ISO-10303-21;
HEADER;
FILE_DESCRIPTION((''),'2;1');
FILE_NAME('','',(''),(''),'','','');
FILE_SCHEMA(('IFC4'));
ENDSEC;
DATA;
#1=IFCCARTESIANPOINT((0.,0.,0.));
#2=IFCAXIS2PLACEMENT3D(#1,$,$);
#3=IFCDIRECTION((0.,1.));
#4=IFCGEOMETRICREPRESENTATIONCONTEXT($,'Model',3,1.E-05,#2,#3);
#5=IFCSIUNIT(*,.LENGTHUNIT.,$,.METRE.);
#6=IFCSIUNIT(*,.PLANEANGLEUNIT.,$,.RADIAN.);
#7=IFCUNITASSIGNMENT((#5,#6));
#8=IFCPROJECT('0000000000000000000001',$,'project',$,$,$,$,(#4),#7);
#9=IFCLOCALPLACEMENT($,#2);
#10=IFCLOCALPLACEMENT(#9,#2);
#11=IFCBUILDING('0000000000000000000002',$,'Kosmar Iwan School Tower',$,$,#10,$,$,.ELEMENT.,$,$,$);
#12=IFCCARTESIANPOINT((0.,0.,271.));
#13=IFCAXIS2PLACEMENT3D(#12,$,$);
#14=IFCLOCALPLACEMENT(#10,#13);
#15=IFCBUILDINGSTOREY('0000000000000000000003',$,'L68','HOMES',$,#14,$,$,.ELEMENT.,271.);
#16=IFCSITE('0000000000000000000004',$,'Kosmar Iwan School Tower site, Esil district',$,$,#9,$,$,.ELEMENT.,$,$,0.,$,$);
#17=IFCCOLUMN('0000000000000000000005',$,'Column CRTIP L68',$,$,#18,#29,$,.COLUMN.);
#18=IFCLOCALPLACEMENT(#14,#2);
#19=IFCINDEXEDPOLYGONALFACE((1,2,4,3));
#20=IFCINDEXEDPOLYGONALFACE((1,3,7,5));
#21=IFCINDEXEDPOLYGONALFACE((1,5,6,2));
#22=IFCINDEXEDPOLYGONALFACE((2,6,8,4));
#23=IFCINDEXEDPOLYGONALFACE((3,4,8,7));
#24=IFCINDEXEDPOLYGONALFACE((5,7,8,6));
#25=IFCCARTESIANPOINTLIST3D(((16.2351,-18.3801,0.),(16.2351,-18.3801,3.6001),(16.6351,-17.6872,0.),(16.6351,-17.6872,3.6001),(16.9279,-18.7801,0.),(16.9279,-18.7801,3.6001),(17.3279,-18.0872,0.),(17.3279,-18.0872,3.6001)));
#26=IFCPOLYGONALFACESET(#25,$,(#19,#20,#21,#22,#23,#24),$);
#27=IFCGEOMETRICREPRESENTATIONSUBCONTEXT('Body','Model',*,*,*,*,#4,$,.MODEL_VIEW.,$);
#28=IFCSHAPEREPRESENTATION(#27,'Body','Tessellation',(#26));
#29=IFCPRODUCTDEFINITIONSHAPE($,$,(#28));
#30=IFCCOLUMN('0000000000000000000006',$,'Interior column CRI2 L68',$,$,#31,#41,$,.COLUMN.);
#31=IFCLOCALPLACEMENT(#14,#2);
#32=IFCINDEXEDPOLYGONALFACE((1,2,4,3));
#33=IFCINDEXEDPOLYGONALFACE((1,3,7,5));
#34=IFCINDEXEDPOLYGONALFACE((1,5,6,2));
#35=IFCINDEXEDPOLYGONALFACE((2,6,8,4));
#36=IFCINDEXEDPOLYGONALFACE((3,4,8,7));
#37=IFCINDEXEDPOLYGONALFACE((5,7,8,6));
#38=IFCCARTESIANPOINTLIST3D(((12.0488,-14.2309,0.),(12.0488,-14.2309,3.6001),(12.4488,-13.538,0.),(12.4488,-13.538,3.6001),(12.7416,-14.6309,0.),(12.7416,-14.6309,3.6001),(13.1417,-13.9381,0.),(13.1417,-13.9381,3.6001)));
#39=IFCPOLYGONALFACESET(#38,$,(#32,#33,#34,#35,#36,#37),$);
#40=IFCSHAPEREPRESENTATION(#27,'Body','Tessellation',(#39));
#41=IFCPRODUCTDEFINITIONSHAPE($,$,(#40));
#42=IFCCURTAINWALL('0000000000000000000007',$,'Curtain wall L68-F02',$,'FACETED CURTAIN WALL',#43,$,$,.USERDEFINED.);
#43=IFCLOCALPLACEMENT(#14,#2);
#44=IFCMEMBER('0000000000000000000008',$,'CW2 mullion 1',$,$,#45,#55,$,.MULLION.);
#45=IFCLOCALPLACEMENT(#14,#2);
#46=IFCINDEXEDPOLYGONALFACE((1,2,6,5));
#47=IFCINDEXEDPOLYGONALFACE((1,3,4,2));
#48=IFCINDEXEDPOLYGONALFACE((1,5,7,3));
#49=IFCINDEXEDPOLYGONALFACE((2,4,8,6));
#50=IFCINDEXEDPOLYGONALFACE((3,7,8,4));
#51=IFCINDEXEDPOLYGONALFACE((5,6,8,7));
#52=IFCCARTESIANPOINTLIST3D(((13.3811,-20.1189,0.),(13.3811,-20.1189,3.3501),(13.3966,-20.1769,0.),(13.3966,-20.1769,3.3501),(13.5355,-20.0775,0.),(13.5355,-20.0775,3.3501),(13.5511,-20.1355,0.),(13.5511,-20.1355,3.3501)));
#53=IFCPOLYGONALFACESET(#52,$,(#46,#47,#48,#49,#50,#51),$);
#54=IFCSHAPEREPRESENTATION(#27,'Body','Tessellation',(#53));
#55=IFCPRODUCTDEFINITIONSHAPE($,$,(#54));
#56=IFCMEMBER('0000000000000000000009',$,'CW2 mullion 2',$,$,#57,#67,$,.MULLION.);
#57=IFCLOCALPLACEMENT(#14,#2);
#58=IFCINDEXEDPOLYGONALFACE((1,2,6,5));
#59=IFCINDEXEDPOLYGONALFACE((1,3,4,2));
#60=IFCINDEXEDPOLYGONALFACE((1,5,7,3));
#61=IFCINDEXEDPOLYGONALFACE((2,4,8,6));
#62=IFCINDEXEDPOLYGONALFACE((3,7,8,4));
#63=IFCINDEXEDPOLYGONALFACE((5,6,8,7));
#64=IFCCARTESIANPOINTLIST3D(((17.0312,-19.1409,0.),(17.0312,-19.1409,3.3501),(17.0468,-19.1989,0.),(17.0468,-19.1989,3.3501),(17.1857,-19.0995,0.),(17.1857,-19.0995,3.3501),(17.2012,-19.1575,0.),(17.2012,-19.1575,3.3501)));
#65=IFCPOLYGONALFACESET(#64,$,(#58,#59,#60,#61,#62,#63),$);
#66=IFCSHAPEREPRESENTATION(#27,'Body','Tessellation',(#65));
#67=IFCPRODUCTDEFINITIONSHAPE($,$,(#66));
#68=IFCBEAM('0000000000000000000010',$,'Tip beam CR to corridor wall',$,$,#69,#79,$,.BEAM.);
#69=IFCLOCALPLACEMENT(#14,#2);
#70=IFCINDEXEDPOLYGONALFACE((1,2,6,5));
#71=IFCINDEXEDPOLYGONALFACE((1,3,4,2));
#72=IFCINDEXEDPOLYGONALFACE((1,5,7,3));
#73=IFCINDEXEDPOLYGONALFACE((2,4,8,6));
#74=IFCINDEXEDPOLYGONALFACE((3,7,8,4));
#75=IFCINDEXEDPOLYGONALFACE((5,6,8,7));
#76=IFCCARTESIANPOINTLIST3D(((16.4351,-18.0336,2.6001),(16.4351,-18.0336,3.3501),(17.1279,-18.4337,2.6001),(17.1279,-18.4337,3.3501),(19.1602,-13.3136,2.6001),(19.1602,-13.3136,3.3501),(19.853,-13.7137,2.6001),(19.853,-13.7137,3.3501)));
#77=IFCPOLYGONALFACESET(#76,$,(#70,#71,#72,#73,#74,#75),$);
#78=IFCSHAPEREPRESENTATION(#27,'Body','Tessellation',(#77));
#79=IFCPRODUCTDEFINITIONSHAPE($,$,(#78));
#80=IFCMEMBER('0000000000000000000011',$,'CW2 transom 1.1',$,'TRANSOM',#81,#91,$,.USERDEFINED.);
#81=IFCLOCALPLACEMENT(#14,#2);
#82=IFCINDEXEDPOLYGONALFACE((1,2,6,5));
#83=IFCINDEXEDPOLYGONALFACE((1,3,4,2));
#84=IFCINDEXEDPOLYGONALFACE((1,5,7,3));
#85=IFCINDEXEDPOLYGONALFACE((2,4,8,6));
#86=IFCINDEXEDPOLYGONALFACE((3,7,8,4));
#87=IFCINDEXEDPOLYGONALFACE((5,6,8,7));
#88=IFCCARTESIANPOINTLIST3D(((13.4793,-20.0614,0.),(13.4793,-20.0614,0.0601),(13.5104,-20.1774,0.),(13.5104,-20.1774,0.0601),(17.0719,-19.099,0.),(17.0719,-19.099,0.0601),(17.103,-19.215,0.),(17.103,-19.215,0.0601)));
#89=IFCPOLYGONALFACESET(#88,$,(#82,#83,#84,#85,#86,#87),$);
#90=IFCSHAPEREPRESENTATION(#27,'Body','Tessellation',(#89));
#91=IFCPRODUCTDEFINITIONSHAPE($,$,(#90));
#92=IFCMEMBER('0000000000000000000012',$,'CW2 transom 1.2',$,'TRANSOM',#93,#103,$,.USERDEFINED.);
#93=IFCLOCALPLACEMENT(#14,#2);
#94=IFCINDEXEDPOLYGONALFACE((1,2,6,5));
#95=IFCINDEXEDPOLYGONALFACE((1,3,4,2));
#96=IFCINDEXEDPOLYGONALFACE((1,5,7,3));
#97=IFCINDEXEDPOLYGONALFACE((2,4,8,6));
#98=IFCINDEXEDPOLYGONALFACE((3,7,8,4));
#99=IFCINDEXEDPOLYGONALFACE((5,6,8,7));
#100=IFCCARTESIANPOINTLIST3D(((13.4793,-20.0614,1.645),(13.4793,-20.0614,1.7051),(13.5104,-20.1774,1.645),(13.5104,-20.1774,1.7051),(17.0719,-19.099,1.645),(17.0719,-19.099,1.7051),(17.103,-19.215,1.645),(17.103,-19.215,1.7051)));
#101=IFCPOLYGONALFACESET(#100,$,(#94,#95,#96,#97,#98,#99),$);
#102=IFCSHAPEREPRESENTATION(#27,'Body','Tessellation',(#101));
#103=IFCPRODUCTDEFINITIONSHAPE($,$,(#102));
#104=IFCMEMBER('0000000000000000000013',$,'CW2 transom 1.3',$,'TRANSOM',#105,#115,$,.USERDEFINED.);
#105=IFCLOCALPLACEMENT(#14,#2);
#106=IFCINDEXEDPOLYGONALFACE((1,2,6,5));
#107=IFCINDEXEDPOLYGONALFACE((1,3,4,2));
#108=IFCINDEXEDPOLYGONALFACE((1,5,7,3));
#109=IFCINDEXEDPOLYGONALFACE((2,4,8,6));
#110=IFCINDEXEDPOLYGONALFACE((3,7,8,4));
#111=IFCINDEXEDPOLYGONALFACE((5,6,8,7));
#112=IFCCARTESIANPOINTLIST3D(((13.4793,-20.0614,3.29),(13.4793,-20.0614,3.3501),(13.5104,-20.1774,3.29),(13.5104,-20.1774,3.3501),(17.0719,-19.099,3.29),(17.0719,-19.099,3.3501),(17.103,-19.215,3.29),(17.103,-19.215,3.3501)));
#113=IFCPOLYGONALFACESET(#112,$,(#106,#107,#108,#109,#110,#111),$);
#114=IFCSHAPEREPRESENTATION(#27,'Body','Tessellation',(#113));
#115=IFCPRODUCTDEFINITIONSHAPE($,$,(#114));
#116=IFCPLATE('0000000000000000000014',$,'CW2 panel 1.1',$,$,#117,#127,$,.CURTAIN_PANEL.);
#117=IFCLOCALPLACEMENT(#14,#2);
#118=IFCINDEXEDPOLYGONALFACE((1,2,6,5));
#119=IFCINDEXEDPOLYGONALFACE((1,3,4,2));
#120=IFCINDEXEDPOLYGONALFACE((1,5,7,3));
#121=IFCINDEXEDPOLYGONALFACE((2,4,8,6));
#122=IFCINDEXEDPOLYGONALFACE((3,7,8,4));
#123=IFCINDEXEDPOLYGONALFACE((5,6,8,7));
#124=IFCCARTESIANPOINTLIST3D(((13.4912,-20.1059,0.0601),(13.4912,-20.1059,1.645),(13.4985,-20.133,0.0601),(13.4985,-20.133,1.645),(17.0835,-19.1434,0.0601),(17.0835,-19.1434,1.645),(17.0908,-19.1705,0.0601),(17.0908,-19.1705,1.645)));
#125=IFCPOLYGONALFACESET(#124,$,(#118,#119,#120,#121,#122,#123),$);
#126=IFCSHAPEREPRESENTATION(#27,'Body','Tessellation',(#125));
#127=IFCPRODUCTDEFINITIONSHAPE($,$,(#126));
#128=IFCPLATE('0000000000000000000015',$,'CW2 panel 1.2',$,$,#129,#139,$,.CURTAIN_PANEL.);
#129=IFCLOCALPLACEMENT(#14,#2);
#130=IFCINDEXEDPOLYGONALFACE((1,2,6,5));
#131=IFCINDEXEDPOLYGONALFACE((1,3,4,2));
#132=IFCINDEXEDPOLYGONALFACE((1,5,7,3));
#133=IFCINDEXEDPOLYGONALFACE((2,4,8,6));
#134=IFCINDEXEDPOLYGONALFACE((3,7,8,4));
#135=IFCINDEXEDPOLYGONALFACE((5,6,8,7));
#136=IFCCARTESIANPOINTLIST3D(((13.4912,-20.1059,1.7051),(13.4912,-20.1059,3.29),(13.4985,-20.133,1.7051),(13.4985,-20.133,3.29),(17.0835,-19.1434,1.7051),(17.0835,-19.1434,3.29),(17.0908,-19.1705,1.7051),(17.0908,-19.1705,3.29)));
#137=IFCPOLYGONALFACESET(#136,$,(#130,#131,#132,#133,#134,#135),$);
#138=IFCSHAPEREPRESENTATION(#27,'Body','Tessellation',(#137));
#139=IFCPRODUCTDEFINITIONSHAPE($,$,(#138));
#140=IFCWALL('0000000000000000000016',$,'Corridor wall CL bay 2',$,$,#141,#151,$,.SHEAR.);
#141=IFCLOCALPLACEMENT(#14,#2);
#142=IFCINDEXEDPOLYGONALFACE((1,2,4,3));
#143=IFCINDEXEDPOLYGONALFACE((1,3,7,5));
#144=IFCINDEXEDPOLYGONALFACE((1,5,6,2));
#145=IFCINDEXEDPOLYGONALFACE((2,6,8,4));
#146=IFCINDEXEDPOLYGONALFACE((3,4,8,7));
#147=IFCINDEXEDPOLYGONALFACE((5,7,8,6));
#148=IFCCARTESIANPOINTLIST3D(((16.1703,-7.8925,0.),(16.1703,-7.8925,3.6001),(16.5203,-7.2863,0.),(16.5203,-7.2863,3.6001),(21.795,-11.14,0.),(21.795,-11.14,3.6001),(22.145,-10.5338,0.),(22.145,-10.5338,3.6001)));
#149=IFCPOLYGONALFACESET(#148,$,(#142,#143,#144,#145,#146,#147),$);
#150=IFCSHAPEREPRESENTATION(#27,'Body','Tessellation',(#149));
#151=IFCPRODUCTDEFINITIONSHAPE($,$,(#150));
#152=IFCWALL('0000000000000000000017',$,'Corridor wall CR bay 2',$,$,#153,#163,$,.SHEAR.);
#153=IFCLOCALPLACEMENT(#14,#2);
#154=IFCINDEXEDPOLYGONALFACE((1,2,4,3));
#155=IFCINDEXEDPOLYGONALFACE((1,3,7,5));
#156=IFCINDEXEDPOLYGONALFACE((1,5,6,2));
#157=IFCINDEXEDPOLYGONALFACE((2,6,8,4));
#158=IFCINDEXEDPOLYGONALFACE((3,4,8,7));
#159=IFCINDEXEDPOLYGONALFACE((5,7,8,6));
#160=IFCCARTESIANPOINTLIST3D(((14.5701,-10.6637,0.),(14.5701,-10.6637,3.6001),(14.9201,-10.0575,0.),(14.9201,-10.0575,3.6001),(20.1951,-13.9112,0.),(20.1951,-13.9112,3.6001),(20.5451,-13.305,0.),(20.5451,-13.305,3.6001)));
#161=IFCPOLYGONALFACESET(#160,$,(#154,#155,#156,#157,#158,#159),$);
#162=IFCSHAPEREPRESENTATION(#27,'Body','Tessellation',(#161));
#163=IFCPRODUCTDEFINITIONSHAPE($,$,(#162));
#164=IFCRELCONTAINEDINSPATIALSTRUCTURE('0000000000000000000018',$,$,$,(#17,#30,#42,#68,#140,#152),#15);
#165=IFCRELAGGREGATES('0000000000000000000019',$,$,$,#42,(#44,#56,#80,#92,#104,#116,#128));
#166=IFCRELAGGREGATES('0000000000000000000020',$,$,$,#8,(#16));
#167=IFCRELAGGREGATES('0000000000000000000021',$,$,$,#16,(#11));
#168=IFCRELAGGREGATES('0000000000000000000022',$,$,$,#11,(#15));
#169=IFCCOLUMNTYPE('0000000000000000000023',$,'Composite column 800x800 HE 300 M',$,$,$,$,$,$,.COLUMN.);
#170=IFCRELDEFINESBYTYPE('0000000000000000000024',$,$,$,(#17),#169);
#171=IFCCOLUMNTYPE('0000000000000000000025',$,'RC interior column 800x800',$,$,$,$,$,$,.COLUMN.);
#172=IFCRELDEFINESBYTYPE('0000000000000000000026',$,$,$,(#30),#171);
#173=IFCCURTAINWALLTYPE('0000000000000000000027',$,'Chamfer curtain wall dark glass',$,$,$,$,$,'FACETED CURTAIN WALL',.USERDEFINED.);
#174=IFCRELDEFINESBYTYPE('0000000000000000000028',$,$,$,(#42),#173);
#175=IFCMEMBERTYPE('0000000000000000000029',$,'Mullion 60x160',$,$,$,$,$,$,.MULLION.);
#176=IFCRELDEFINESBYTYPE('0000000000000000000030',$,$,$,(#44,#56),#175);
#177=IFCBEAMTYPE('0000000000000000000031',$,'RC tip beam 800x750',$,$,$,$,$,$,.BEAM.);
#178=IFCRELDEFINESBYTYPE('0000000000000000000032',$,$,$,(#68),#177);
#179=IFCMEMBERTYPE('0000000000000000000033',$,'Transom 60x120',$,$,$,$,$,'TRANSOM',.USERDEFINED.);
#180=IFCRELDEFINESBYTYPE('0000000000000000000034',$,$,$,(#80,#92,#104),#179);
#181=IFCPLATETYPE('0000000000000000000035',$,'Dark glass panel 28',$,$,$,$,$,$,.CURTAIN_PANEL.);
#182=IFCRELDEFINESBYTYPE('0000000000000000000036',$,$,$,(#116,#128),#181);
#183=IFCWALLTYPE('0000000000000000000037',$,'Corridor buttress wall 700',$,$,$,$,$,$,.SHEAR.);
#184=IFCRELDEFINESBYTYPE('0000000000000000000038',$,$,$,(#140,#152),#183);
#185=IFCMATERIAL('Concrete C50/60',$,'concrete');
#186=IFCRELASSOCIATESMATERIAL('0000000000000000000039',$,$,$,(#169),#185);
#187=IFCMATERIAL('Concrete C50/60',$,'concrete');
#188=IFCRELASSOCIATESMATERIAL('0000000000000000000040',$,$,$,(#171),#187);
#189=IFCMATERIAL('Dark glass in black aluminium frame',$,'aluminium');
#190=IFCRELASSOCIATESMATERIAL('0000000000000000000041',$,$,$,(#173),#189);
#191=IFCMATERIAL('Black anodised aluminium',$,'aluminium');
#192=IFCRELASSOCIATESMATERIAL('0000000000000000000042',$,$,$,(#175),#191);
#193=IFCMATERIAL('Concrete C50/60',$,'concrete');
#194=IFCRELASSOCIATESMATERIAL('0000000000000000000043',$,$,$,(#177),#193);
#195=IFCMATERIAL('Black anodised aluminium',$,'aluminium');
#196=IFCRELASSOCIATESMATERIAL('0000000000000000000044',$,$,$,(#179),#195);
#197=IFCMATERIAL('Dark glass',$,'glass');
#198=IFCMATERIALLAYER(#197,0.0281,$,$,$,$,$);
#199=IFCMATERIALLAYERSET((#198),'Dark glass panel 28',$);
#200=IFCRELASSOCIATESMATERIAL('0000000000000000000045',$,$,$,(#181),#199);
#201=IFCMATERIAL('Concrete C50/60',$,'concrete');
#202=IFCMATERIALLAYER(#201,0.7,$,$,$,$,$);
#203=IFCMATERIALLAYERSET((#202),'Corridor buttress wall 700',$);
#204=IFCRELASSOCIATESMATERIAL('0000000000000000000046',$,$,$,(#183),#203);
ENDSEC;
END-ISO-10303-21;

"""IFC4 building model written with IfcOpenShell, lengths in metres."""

from ifc_helpers import new_model, si_unit, direction, frame, frame_2d, origin, origin_2d, place, context, subcontext, project, spatial, rectangle, extrude, material, layer, layer_set, material_profile, profile_set, type_object, element, aggregate, save


model = new_model("IFC4")

# Units and contexts
model_context = context("Model", 3, precision=1e-05, world=origin(), true_north=direction((0.0, 1.0)))
body_context = subcontext(model_context, "Body", "Model", "MODEL_VIEW")
ifc_project = project(units=[si_unit("LENGTHUNIT", "METRE"), si_unit("PLANEANGLEUNIT", "RADIAN")], contexts=[model_context])

# Site, building, storey
site_placement = place(None, origin())
site = spatial("IfcSite", under=ifc_project, at=site_placement, Name="Kosmar Iwan School Tower site, Esil district", CompositionType="ELEMENT", RefElevation=0.0)
building_placement = place(site_placement, origin())
building = spatial("IfcBuilding", under=site, at=building_placement, Name="Kosmar Iwan School Tower", CompositionType="ELEMENT")
storey_placement = place(building_placement, frame((0.0, 0.0, 271.0)))
storey = spatial("IfcBuildingStorey", under=building, at=storey_placement, Name="L68", Description="HOMES", CompositionType="ELEMENT", Elevation=271.0)

# Columns
ifc_material_1 = material(Name="Concrete C50/60", Category="concrete")
ifc_material_profile_1 = material_profile(ifc_material_1, rectangle(XDim=0.8, YDim=0.8, at=origin_2d()), Name="RC 800x800 + HE 300 M")
ifc_profile_set_1 = profile_set([ifc_material_profile_1], Name="Concrete C50/60")
column_type_1 = type_object("IfcColumnType", Name="Composite column 800x800 HE 300 M", PredefinedType="COLUMN", material=ifc_profile_set_1)
column_1_placement = place(storey_placement, frame((16.7815, -18.2336, 0.0), z_axis=(0.0, 0.0, 1.0), x_axis=(0.866025, -0.5, 0.0)))
element("IfcColumn", 1, at=column_1_placement, inside=storey, type_object=column_type_1, Name="Column CRTIP L68", PredefinedType="COLUMN", context=body_context, shape_type="SweptSolid", body=[
    extrude(rectangle(XDim=0.8, YDim=0.8, at=origin_2d()), origin(), (0.0, 0.0, 1.0), 3.6001),
])
ifc_material_2 = material(Name="Concrete C50/60", Category="concrete")
ifc_material_profile_2 = material_profile(ifc_material_2, rectangle(XDim=0.8, YDim=0.8, at=origin_2d()), Name="RC 800x800")
ifc_profile_set_2 = profile_set([ifc_material_profile_2], Name="Concrete C50/60")
column_type_2 = type_object("IfcColumnType", Name="RC interior column 800x800", PredefinedType="COLUMN", material=ifc_profile_set_2)
column_2_placement = place(storey_placement, frame((12.5952, -14.0845, 0.0), z_axis=(0.0, 0.0, 1.0), x_axis=(0.866025, -0.5, 0.0)))
element("IfcColumn", 2, at=column_2_placement, inside=storey, type_object=column_type_2, Name="Interior column CRI2 L68", PredefinedType="COLUMN", context=body_context, shape_type="SweptSolid", body=[
    extrude(rectangle(XDim=0.8, YDim=0.8, at=origin_2d()), origin(), (0.0, 0.0, 1.0), 3.6001),
])

# Curtain wall, members
ifc_material_3 = material(Name="Dark glass in black aluminium frame", Category="aluminium")
curtain_wall_type = type_object("IfcCurtainWallType", Name="Chamfer curtain wall dark glass", ElementType="FACETED CURTAIN WALL", PredefinedType="USERDEFINED", material=ifc_material_3)
curtain_wall_placement = place(storey_placement, origin())
curtain_wall = element("IfcCurtainWall", 3, at=curtain_wall_placement, inside=storey, type_object=curtain_wall_type, Name="Curtain wall L68-F02", ObjectType="FACETED CURTAIN WALL", PredefinedType="USERDEFINED")
ifc_material_4 = material(Name="Black anodised aluminium", Category="aluminium")
ifc_material_profile_3 = material_profile(ifc_material_4, rectangle(XDim=0.0601, YDim=0.1599, at=origin_2d()), Name="MULLION 60x160")
ifc_profile_set_3 = profile_set([ifc_material_profile_3], Name="Black anodised aluminium")
member_type_1 = type_object("IfcMemberType", Name="Mullion 60x160", PredefinedType="MULLION", material=ifc_profile_set_3)
member_1_placement = place(storey_placement, frame((13.4661, -20.1272, 0.0), z_axis=(0.0, 0.0, 1.0), x_axis=(-0.258819, 0.965926, 0.0)))
member_1 = element("IfcMember", 4, at=member_1_placement, type_object=member_type_1, Name="CW2 mullion 1", PredefinedType="MULLION", context=body_context, shape_type="SweptSolid", body=[
    extrude(rectangle(XDim=0.0601, YDim=0.1599, at=origin_2d()), origin(), (0.0, 0.0, 1.0), 3.3501),
])
member_2_placement = place(storey_placement, frame((17.1162, -19.1492, 0.0), z_axis=(0.0, 0.0, 1.0), x_axis=(-0.258819, 0.965926, 0.0)))
member_2 = element("IfcMember", 5, at=member_2_placement, type_object=member_type_1, Name="CW2 mullion 2", PredefinedType="MULLION", context=body_context, shape_type="SweptSolid", body=[
    extrude(rectangle(XDim=0.0601, YDim=0.1599, at=origin_2d()), origin(), (0.0, 0.0, 1.0), 3.3501),
])

# Beam
ifc_material_5 = material(Name="Concrete C50/60", Category="concrete")
ifc_material_profile_4 = material_profile(ifc_material_5, rectangle(XDim=0.8, YDim=0.75, at=origin_2d()), Name="RC 800x750")
ifc_profile_set_4 = profile_set([ifc_material_profile_4], Name="Concrete C50/60")
beam_type = type_object("IfcBeamType", Name="RC tip beam 800x750", PredefinedType="BEAM", material=ifc_profile_set_4)
beam_placement = place(storey_placement, frame((16.7815, -18.2336, 2.9751), z_axis=(0.500003, 0.866024, 0.0), x_axis=(-0.866024, 0.500003, 0.0)))
element("IfcBeam", 6, at=beam_placement, inside=storey, type_object=beam_type, Name="Tip beam CR to corridor wall", PredefinedType="BEAM", context=body_context, shape_type="SweptSolid", body=[
    extrude(rectangle(XDim=0.8, YDim=0.75, at=origin_2d()), origin(), (0.0, 0.0, 1.0), 5.4502),
])

# Members
ifc_material_6 = material(Name="Black anodised aluminium", Category="aluminium")
ifc_material_profile_5 = material_profile(ifc_material_6, rectangle(XDim=0.1201, YDim=0.0601, at=origin_2d()), Name="TRANSOM 60x120")
ifc_profile_set_5 = profile_set([ifc_material_profile_5], Name="Black anodised aluminium")
member_type_2 = type_object("IfcMemberType", Name="Transom 60x120", ElementType="TRANSOM", PredefinedType="USERDEFINED", material=ifc_profile_set_5)
member_3_placement = place(storey_placement, frame((13.4949, -20.1194, 0.03), z_axis=(0.96594, 0.258766, 0.0), x_axis=(-0.258766, 0.96594, 0.0)))
member_3 = element("IfcMember", 7, at=member_3_placement, type_object=member_type_2, Name="CW2 transom 1.1", ObjectType="TRANSOM", PredefinedType="USERDEFINED", context=body_context, shape_type="SweptSolid", body=[
    extrude(rectangle(XDim=0.1201, YDim=0.0601, at=origin_2d()), origin(), (0.0, 0.0, 1.0), 3.7192),
])
member_4_placement = place(storey_placement, frame((13.4949, -20.1194, 1.675), z_axis=(0.96594, 0.258766, 0.0), x_axis=(-0.258766, 0.96594, 0.0)))
member_4 = element("IfcMember", 8, at=member_4_placement, type_object=member_type_2, Name="CW2 transom 1.2", ObjectType="TRANSOM", PredefinedType="USERDEFINED", context=body_context, shape_type="SweptSolid", body=[
    extrude(rectangle(XDim=0.1201, YDim=0.0601, at=origin_2d()), origin(), (0.0, 0.0, 1.0), 3.7192),
])
member_5_placement = place(storey_placement, frame((13.4949, -20.1194, 3.3201), z_axis=(0.96594, 0.258766, 0.0), x_axis=(-0.258766, 0.96594, 0.0)))
member_5 = element("IfcMember", 9, at=member_5_placement, type_object=member_type_2, Name="CW2 transom 1.3", ObjectType="TRANSOM", PredefinedType="USERDEFINED", context=body_context, shape_type="SweptSolid", body=[
    extrude(rectangle(XDim=0.1201, YDim=0.0601, at=origin_2d()), origin(), (0.0, 0.0, 1.0), 3.7192),
])

# Plates
ifc_material_7 = material(Name="Dark glass", Category="glass")
ifc_layer_1 = layer(ifc_material_7, 0.0281)
ifc_layer_set_1 = layer_set([ifc_layer_1], Name="Dark glass panel 28")
plate_type = type_object("IfcPlateType", Name="Dark glass panel 28", PredefinedType="CURTAIN_PANEL", material=ifc_layer_set_1)
plate_1_placement = place(storey_placement, frame((15.291, -19.6382, 0.0601), z_axis=(0.0, 0.0, 1.0), x_axis=(0.965926, 0.258819, 0.0)))
plate_1 = element("IfcPlate", 10, at=plate_1_placement, type_object=plate_type, Name="CW2 panel 1.1", PredefinedType="CURTAIN_PANEL", context=body_context, shape_type="SweptSolid", body=[
    extrude(rectangle(XDim=3.719, YDim=0.0281, at=origin_2d()), origin(), (0.0, 0.0, 1.0), 1.585),
])
plate_2_placement = place(storey_placement, frame((15.291, -19.6382, 1.7051), z_axis=(0.0, 0.0, 1.0), x_axis=(0.965926, 0.258819, 0.0)))
plate_2 = element("IfcPlate", 11, at=plate_2_placement, type_object=plate_type, Name="CW2 panel 1.2", PredefinedType="CURTAIN_PANEL", context=body_context, shape_type="SweptSolid", body=[
    extrude(rectangle(XDim=3.719, YDim=0.0281, at=origin_2d()), origin(), (0.0, 0.0, 1.0), 1.585),
])
aggregate(curtain_wall, [member_1, member_2, member_3, member_4, member_5, plate_1, plate_2])

# Walls
ifc_material_8 = material(Name="Concrete C50/60", Category="concrete")
ifc_layer_2 = layer(ifc_material_8, 0.7)
ifc_layer_set_2 = layer_set([ifc_layer_2], Name="Corridor buttress wall 700")
wall_type_1 = type_object("IfcWallType", Name="Corridor buttress wall 700", PredefinedType="SHEAR", material=ifc_layer_set_2)
wall_1_placement = place(storey_placement, frame((16.3452, -7.5894, 0.0), z_axis=(0.0, 0.0, 1.0), x_axis=(0.866018, -0.500012, 0.0)))
element("IfcWall", 12, at=wall_1_placement, inside=storey, type_object=wall_type_1, Name="Corridor wall CL bay 2", PredefinedType="SHEAR", context=body_context, shape_type="SweptSolid", body=[
    extrude(rectangle(XDim=6.4949, YDim=0.7, at=frame_2d((3.2476, 0.0))), origin(), (0.0, 0.0, 1.0), 3.6001),
])
wall_2_placement = place(storey_placement, frame((14.7451, -10.3606, 0.0), z_axis=(0.0, 0.0, 1.0), x_axis=(0.866028, -0.499996, 0.0)))
element("IfcWall", 13, at=wall_2_placement, inside=storey, type_object=wall_type_1, Name="Corridor wall CR bay 2", PredefinedType="SHEAR", context=body_context, shape_type="SweptSolid", body=[
    extrude(rectangle(XDim=6.4951, YDim=0.7, at=frame_2d((3.2476, 0.0))), origin(), (0.0, 0.0, 1.0), 3.6001),
])

save(model, "model.ifc")
